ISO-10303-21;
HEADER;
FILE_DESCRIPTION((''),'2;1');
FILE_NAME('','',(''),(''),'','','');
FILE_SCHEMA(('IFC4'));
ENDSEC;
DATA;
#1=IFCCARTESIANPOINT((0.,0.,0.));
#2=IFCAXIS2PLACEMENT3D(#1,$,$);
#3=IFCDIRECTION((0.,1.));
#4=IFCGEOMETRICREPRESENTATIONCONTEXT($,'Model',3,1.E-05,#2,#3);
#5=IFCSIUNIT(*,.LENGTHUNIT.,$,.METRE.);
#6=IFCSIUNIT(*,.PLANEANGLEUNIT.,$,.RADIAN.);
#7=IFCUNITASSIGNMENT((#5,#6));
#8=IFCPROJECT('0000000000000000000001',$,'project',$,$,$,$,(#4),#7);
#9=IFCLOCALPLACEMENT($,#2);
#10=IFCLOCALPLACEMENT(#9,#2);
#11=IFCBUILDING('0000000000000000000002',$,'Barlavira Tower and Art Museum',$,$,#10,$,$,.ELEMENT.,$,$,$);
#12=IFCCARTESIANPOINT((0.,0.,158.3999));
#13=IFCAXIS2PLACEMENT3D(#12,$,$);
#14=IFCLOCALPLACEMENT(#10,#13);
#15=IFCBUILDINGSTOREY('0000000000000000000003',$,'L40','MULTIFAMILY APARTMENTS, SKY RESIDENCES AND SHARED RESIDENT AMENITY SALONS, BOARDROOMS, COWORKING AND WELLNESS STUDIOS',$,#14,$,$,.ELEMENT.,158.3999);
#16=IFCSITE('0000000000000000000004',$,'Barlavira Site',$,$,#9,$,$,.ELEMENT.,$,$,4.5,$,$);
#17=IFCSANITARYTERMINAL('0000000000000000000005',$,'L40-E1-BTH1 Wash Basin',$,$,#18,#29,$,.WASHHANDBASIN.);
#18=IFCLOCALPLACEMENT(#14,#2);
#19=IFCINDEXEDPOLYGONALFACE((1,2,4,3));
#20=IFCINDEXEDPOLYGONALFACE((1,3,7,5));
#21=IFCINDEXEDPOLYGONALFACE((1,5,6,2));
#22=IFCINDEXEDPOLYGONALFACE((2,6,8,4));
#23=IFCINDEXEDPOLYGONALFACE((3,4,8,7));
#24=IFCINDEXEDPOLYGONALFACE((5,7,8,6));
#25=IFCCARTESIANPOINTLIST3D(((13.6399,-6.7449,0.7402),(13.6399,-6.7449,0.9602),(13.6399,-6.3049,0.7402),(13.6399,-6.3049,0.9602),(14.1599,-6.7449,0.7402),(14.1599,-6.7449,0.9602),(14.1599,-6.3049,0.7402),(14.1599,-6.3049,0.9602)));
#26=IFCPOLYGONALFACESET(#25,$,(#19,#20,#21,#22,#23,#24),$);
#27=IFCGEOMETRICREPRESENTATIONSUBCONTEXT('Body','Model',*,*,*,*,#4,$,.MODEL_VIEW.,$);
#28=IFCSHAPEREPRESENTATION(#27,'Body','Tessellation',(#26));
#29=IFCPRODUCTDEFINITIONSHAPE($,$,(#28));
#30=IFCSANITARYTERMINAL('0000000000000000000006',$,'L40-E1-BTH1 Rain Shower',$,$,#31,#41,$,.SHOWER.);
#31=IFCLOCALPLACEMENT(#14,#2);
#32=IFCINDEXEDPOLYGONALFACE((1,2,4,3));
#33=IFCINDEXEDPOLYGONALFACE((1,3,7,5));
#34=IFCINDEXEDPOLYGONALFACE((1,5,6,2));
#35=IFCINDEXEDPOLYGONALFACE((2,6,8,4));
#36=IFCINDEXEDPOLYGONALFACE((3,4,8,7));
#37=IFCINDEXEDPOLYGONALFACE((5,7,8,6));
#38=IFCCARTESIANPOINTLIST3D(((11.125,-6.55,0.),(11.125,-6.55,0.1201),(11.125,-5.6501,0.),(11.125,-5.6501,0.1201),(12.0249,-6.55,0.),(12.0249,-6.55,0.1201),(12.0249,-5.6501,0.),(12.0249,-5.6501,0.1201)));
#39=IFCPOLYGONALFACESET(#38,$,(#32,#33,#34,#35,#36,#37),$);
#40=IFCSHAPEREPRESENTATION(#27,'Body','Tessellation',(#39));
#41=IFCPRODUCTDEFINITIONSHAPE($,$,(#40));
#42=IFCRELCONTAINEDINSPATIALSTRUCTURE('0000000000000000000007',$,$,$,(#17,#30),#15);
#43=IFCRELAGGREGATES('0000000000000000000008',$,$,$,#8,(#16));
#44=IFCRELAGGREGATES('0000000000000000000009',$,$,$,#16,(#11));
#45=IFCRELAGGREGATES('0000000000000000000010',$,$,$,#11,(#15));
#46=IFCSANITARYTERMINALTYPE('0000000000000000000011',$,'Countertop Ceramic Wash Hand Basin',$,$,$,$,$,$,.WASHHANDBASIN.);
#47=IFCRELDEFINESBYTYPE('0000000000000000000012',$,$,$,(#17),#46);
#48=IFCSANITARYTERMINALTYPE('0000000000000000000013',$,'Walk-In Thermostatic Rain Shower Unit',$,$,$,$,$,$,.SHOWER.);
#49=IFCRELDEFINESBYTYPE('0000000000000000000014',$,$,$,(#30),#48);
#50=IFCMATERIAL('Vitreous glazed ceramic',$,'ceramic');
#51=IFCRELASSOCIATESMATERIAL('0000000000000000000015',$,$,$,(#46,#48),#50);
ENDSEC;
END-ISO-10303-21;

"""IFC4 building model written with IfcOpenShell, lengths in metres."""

from ifc_helpers import new_model, si_unit, direction, frame, origin, origin_2d, place, context, subcontext, project, spatial, rectangle, extrude, material, type_object, element, save


model = new_model("IFC4")

# Units and contexts
model_context = context("Model", 3, precision=1e-05, world=origin(), true_north=direction((0.0, 1.0)))
body_context = subcontext(model_context, "Body", "Model", "MODEL_VIEW")
ifc_project = project(units=[si_unit("LENGTHUNIT", "METRE"), si_unit("PLANEANGLEUNIT", "RADIAN")], contexts=[model_context])

# Site, building, storey
site_placement = place(None, origin())
site = spatial("IfcSite", under=ifc_project, at=site_placement, Name="Barlavira Site", CompositionType="ELEMENT", RefElevation=4.5)
building_placement = place(site_placement, origin())
building = spatial("IfcBuilding", under=site, at=building_placement, Name="Barlavira Tower and Art Museum", CompositionType="ELEMENT")
storey_placement = place(building_placement, frame((0.0, 0.0, 158.3999)))
storey = spatial("IfcBuildingStorey", under=building, at=storey_placement, Name="L40", Description="MULTIFAMILY APARTMENTS, SKY RESIDENCES AND SHARED RESIDENT AMENITY SALONS, BOARDROOMS, COWORKING AND WELLNESS STUDIOS", CompositionType="ELEMENT", Elevation=158.3999)

# Sanitary terminals
ifc_material_1 = material(Name="Vitreous glazed ceramic", Category="ceramic")
sanitary_terminal_type_1 = type_object("IfcSanitaryTerminalType", Name="Countertop Ceramic Wash Hand Basin", PredefinedType="WASHHANDBASIN", material=ifc_material_1)
sanitary_terminal_1_placement = place(storey_placement, frame((13.8999, -6.5249, 0.7402), z_axis=(0.0, 0.0, 1.0), x_axis=(1.0, 0.0, 0.0)))
element("IfcSanitaryTerminal", 1, at=sanitary_terminal_1_placement, inside=storey, type_object=sanitary_terminal_type_1, Name="L40-E1-BTH1 Wash Basin", PredefinedType="WASHHANDBASIN", context=body_context, shape_type="SweptSolid", body=[
    extrude(rectangle(XDim=0.52, YDim=0.4399, at=origin_2d()), origin(), (0.0, 0.0, 1.0), 0.22),
])
sanitary_terminal_type_2 = type_object("IfcSanitaryTerminalType", Name="Walk-In Thermostatic Rain Shower Unit", PredefinedType="SHOWER", material=ifc_material_1)
sanitary_terminal_2_placement = place(storey_placement, frame((11.575, -6.1001, 0.0), z_axis=(0.0, 0.0, 1.0), x_axis=(1.0, 0.0, 0.0)))
element("IfcSanitaryTerminal", 2, at=sanitary_terminal_2_placement, inside=storey, type_object=sanitary_terminal_type_2, Name="L40-E1-BTH1 Rain Shower", PredefinedType="SHOWER", context=body_context, shape_type="SweptSolid", body=[
    extrude(rectangle(XDim=0.8999, YDim=0.8999, at=origin_2d()), origin(), (0.0, 0.0, 1.0), 0.1201),
])

save(model, "model.ifc")
